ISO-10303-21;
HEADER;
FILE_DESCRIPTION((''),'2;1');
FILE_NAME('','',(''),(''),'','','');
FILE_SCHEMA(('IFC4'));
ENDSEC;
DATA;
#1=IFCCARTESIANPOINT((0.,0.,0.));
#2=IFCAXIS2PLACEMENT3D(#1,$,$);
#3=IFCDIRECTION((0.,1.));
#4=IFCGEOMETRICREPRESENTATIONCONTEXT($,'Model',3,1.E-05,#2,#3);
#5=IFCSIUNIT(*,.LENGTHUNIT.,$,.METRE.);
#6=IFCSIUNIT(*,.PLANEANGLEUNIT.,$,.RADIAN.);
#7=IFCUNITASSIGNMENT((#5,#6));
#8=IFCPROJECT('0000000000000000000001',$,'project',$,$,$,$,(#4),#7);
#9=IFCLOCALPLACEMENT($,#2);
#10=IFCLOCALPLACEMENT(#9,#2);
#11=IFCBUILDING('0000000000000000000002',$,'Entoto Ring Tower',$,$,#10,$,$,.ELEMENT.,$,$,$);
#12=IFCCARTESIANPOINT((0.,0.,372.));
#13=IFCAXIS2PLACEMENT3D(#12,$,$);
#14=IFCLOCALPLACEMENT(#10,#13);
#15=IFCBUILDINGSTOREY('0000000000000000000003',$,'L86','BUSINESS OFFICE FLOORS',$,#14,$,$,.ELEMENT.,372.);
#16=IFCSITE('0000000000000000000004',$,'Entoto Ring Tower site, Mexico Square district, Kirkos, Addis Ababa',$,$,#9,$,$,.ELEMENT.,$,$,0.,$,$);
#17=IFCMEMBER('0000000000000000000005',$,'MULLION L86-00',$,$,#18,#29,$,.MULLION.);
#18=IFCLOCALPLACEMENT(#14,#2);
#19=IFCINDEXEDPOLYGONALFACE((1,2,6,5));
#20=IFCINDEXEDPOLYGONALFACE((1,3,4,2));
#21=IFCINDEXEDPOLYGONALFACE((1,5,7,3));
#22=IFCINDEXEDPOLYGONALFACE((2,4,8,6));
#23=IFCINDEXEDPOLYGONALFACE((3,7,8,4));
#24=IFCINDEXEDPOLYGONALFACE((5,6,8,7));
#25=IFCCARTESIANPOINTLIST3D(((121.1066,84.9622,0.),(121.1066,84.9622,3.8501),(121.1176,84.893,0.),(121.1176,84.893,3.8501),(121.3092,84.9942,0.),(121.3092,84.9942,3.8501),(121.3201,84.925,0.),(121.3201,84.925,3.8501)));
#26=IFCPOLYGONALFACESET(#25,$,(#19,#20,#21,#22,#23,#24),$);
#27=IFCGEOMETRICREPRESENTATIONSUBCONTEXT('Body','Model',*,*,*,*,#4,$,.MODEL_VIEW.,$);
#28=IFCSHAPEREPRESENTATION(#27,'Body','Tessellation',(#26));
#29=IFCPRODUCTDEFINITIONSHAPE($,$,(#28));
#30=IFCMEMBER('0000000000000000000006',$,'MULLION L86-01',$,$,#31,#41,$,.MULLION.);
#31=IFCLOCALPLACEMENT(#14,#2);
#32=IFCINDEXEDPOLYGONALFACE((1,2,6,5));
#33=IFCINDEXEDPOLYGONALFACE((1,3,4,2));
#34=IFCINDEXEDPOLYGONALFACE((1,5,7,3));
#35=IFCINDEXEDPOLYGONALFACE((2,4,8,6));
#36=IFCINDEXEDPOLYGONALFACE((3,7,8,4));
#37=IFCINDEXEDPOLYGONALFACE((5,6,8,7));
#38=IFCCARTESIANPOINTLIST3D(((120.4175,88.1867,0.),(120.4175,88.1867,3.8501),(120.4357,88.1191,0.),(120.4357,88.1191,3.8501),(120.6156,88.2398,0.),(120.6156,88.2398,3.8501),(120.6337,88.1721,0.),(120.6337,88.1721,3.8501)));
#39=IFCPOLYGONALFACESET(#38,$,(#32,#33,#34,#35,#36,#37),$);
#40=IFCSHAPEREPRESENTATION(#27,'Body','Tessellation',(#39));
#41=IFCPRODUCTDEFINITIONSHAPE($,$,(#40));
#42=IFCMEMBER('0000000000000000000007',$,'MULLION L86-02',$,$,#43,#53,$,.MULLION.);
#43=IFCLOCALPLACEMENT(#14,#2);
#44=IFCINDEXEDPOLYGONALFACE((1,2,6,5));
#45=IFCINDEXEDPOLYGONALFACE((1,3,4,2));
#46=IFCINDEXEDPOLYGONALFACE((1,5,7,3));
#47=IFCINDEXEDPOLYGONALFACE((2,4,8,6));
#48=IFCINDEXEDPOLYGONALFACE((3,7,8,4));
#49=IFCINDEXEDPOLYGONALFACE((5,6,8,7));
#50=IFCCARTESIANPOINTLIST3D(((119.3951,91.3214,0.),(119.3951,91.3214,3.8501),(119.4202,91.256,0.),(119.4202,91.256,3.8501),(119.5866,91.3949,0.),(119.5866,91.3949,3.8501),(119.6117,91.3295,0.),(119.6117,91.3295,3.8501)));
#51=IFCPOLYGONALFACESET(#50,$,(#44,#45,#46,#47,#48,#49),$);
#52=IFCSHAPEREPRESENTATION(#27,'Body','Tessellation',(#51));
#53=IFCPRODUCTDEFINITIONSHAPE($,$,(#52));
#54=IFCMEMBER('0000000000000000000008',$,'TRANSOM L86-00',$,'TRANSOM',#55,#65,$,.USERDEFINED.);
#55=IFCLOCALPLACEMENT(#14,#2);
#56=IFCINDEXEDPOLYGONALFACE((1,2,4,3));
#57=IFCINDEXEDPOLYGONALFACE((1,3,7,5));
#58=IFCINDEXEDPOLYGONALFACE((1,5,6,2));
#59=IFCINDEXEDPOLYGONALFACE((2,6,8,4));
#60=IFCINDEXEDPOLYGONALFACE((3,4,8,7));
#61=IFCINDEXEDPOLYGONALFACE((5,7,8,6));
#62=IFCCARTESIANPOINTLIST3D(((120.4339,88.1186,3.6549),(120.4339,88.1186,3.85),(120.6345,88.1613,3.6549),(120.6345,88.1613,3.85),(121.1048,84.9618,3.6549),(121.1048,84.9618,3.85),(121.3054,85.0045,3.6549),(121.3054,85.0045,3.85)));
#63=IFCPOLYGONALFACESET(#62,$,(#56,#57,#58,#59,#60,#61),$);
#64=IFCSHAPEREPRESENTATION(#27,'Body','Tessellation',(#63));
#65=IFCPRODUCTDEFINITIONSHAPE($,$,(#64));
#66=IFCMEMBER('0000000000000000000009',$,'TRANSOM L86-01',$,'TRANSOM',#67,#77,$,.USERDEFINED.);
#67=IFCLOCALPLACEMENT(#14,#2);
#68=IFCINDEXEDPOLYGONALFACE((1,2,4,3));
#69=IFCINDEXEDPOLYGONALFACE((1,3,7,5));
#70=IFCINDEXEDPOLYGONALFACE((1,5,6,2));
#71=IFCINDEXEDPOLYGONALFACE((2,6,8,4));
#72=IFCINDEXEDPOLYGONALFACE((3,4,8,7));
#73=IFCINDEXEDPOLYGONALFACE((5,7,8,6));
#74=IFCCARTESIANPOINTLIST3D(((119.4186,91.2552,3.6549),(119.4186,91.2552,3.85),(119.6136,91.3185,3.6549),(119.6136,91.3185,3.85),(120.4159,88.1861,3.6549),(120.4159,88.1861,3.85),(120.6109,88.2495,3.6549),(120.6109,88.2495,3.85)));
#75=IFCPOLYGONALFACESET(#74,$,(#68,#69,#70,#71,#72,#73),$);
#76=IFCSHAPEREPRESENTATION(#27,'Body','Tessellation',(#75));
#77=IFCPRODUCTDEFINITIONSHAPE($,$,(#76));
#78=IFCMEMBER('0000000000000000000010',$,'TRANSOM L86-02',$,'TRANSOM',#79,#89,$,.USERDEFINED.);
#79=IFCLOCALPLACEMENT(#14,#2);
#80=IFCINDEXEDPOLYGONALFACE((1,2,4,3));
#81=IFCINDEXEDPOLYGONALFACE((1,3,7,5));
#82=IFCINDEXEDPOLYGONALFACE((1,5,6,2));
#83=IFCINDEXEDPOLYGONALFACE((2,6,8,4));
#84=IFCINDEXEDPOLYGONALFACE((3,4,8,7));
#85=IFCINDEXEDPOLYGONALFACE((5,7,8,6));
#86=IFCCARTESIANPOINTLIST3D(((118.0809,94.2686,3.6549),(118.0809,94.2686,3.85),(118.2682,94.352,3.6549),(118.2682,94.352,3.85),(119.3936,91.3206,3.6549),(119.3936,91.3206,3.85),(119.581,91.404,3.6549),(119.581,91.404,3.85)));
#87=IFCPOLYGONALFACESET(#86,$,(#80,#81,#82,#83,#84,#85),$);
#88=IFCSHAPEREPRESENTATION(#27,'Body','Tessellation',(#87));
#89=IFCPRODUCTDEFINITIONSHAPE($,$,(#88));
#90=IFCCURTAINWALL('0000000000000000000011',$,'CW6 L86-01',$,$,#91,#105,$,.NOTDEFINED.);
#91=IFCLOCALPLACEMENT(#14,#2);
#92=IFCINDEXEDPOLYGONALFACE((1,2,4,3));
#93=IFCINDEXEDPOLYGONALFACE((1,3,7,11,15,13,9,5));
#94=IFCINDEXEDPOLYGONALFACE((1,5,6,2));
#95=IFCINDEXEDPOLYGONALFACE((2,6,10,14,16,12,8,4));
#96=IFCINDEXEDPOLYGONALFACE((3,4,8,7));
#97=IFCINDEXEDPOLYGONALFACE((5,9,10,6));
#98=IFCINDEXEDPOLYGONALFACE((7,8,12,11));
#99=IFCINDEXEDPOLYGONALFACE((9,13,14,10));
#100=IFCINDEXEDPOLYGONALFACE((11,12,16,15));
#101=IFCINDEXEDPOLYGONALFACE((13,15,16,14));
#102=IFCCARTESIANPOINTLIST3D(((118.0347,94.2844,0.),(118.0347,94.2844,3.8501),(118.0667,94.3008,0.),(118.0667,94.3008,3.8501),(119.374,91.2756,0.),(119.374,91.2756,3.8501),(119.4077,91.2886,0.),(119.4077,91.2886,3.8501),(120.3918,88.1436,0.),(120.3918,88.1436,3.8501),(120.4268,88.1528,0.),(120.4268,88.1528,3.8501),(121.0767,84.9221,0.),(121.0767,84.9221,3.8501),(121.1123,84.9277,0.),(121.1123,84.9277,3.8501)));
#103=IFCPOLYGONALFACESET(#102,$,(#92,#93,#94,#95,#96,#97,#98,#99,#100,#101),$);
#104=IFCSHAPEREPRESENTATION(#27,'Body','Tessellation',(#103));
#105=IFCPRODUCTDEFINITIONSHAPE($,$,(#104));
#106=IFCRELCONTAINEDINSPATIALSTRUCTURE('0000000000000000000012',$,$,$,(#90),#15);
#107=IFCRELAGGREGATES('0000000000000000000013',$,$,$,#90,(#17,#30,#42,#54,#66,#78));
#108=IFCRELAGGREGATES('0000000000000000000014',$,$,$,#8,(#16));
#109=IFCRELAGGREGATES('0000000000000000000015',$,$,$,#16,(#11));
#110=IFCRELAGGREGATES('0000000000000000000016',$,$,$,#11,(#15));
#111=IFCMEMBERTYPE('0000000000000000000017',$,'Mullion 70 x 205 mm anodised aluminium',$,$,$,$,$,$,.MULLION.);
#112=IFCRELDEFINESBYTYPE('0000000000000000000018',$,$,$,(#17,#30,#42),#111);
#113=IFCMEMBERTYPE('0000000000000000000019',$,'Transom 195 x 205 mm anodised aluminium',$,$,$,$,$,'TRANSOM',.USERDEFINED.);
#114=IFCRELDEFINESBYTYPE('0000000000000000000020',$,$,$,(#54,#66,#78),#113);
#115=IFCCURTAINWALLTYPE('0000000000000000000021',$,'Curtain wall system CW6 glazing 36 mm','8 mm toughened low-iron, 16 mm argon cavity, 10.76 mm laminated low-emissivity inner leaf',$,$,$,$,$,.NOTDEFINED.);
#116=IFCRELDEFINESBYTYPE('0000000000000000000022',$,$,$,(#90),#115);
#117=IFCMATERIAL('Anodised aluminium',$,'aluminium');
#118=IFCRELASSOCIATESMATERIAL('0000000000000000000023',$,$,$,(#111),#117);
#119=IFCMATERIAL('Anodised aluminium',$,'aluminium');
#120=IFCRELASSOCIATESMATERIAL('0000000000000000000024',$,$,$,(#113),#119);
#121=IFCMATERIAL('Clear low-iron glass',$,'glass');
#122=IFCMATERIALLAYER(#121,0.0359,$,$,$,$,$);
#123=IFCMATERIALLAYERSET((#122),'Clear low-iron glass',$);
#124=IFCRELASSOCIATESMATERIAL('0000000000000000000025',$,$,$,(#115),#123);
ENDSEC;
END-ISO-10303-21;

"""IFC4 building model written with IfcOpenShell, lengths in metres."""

from ifc_helpers import new_model, si_unit, direction, frame, origin, origin_2d, place, context, subcontext, project, spatial, polyline, rectangle, outline, extrude, material, layer, layer_set, material_profile, profile_set, type_object, element, aggregate, save


model = new_model("IFC4")

# Units and contexts
model_context = context("Model", 3, precision=1e-05, world=origin(), true_north=direction((0.0, 1.0)))
body_context = subcontext(model_context, "Body", "Model", "MODEL_VIEW")
ifc_project = project(units=[si_unit("LENGTHUNIT", "METRE"), si_unit("PLANEANGLEUNIT", "RADIAN")], contexts=[model_context])

# Members
ifc_material_1 = material(Name="Anodised aluminium", Category="aluminium")
ifc_material_profile_1 = material_profile(ifc_material_1, rectangle(XDim=0.0701, YDim=0.2051, at=origin_2d()), Name="Mullion 70 x 205 mm anodised aluminium")
ifc_profile_set_1 = profile_set([ifc_material_profile_1], Name="Anodised aluminium")
member_type_1 = type_object("IfcMemberType", Name="Mullion 70 x 205 mm anodised aluminium", PredefinedType="MULLION", material=ifc_profile_set_1)
site_placement = place(None, origin())
building_placement = place(site_placement, origin())
storey_placement = place(building_placement, frame((0.0, 0.0, 372.0)))
member_1_placement = place(storey_placement, frame((121.2134, 84.9436, 0.0), z_axis=(0.0, 0.0, 1.0), x_axis=(-0.156434, 0.987688, 0.0)))
member_1 = element("IfcMember", 1, at=member_1_placement, type_object=member_type_1, Name="MULLION L86-00", PredefinedType="MULLION", context=body_context, shape_type="SweptSolid", body=[
    extrude(rectangle(XDim=0.0701, YDim=0.2051, at=origin_2d()), origin(), (0.0, 0.0, 1.0), 3.8501),
])
member_2_placement = place(storey_placement, frame((120.5256, 88.1794, 0.0), z_axis=(0.0, 0.0, 1.0), x_axis=(-0.258819, 0.965926, 0.0)))
member_2 = element("IfcMember", 2, at=member_2_placement, type_object=member_type_1, Name="MULLION L86-01", PredefinedType="MULLION", context=body_context, shape_type="SweptSolid", body=[
    extrude(rectangle(XDim=0.0701, YDim=0.2051, at=origin_2d()), origin(), (0.0, 0.0, 1.0), 3.8501),
])
member_3_placement = place(storey_placement, frame((119.5034, 91.3254, 0.0), z_axis=(0.0, 0.0, 1.0), x_axis=(-0.358368, 0.93358, 0.0)))
member_3 = element("IfcMember", 3, at=member_3_placement, type_object=member_type_1, Name="MULLION L86-02", PredefinedType="MULLION", context=body_context, shape_type="SweptSolid", body=[
    extrude(rectangle(XDim=0.0701, YDim=0.2051, at=origin_2d()), origin(), (0.0, 0.0, 1.0), 3.8501),
])
ifc_material_2 = material(Name="Anodised aluminium", Category="aluminium")
ifc_material_profile_2 = material_profile(ifc_material_2, rectangle(XDim=0.2051, YDim=0.1951, at=origin_2d()), Name="Transom 195 x 205 mm anodised aluminium")
ifc_profile_set_2 = profile_set([ifc_material_profile_2], Name="Anodised aluminium")
member_type_2 = type_object("IfcMemberType", Name="Transom 195 x 205 mm anodised aluminium", ElementType="TRANSOM", PredefinedType="USERDEFINED", material=ifc_profile_set_2)
member_4_placement = place(storey_placement, frame((121.2051, 84.9832, 3.7524), z_axis=(-0.207886, 0.978153, 0.0), x_axis=(-0.978153, -0.207886, 0.0)))
member_4 = element("IfcMember", 4, at=member_4_placement, type_object=member_type_2, Name="TRANSOM L86-00", ObjectType="TRANSOM", PredefinedType="USERDEFINED", context=body_context, shape_type="SweptSolid", body=[
    extrude(rectangle(XDim=0.2051, YDim=0.1951, at=origin_2d()), origin(), (0.0, 0.0, 1.0), 3.2273),
])
member_5_placement = place(storey_placement, frame((120.5134, 88.2178, 3.7524), z_axis=(-0.309047, 0.951047, 0.0), x_axis=(-0.951047, -0.309047, 0.0)))
member_5 = element("IfcMember", 5, at=member_5_placement, type_object=member_type_2, Name="TRANSOM L86-01", ObjectType="TRANSOM", PredefinedType="USERDEFINED", context=body_context, shape_type="SweptSolid", body=[
    extrude(rectangle(XDim=0.2051, YDim=0.1951, at=origin_2d()), origin(), (0.0, 0.0, 1.0), 3.2271),
])
member_6_placement = place(storey_placement, frame((119.4873, 91.3623, 3.7524), z_axis=(-0.406791, 0.913521, 0.0), x_axis=(-0.913521, -0.406791, 0.0)))
member_6 = element("IfcMember", 6, at=member_6_placement, type_object=member_type_2, Name="TRANSOM L86-02", ObjectType="TRANSOM", PredefinedType="USERDEFINED", context=body_context, shape_type="SweptSolid", body=[
    extrude(rectangle(XDim=0.2051, YDim=0.1951, at=origin_2d()), origin(), (0.0, 0.0, 1.0), 3.2271),
])

# Site, building, storey
site = spatial("IfcSite", under=ifc_project, at=site_placement, Name="Entoto Ring Tower site, Mexico Square district, Kirkos, Addis Ababa", CompositionType="ELEMENT", RefElevation=0.0)
building = spatial("IfcBuilding", under=site, at=building_placement, Name="Entoto Ring Tower", CompositionType="ELEMENT")
storey = spatial("IfcBuildingStorey", under=building, at=storey_placement, Name="L86", Description="BUSINESS OFFICE FLOORS", CompositionType="ELEMENT", Elevation=372.0)

# Curtain wall
ifc_material_3 = material(Name="Clear low-iron glass", Category="glass")
ifc_layer_1 = layer(ifc_material_3, 0.0359)
ifc_layer_set_1 = layer_set([ifc_layer_1], Name="Clear low-iron glass")
curtain_wall_type = type_object("IfcCurtainWallType", Name="Curtain wall system CW6 glazing 36 mm", Description="8 mm toughened low-iron, 16 mm argon cavity, 10.76 mm laminated low-emissivity inner leaf", PredefinedType="NOTDEFINED", material=ifc_layer_set_1)
curtain_wall_1_placement = place(storey_placement, origin())
curtain_wall_1 = element("IfcCurtainWall", 7, at=curtain_wall_1_placement, inside=storey, type_object=curtain_wall_type, Name="CW6 L86-01", PredefinedType="NOTDEFINED", context=body_context, shape_type="SweptSolid", body=[
    extrude(outline(polyline([(121.1123, 84.9277), (120.4268, 88.1528), (119.4077, 91.2886), (118.0667, 94.3008), (118.0347, 94.2844), (119.374, 91.2756), (120.3918, 88.1436), (121.0767, 84.9221), (121.1123, 84.9277)])), origin(), (0.0, 0.0, 1.0), 3.8501),
])
aggregate(curtain_wall_1, [member_1, member_2, member_3, member_4, member_5, member_6])

save(model, "model.ifc")
